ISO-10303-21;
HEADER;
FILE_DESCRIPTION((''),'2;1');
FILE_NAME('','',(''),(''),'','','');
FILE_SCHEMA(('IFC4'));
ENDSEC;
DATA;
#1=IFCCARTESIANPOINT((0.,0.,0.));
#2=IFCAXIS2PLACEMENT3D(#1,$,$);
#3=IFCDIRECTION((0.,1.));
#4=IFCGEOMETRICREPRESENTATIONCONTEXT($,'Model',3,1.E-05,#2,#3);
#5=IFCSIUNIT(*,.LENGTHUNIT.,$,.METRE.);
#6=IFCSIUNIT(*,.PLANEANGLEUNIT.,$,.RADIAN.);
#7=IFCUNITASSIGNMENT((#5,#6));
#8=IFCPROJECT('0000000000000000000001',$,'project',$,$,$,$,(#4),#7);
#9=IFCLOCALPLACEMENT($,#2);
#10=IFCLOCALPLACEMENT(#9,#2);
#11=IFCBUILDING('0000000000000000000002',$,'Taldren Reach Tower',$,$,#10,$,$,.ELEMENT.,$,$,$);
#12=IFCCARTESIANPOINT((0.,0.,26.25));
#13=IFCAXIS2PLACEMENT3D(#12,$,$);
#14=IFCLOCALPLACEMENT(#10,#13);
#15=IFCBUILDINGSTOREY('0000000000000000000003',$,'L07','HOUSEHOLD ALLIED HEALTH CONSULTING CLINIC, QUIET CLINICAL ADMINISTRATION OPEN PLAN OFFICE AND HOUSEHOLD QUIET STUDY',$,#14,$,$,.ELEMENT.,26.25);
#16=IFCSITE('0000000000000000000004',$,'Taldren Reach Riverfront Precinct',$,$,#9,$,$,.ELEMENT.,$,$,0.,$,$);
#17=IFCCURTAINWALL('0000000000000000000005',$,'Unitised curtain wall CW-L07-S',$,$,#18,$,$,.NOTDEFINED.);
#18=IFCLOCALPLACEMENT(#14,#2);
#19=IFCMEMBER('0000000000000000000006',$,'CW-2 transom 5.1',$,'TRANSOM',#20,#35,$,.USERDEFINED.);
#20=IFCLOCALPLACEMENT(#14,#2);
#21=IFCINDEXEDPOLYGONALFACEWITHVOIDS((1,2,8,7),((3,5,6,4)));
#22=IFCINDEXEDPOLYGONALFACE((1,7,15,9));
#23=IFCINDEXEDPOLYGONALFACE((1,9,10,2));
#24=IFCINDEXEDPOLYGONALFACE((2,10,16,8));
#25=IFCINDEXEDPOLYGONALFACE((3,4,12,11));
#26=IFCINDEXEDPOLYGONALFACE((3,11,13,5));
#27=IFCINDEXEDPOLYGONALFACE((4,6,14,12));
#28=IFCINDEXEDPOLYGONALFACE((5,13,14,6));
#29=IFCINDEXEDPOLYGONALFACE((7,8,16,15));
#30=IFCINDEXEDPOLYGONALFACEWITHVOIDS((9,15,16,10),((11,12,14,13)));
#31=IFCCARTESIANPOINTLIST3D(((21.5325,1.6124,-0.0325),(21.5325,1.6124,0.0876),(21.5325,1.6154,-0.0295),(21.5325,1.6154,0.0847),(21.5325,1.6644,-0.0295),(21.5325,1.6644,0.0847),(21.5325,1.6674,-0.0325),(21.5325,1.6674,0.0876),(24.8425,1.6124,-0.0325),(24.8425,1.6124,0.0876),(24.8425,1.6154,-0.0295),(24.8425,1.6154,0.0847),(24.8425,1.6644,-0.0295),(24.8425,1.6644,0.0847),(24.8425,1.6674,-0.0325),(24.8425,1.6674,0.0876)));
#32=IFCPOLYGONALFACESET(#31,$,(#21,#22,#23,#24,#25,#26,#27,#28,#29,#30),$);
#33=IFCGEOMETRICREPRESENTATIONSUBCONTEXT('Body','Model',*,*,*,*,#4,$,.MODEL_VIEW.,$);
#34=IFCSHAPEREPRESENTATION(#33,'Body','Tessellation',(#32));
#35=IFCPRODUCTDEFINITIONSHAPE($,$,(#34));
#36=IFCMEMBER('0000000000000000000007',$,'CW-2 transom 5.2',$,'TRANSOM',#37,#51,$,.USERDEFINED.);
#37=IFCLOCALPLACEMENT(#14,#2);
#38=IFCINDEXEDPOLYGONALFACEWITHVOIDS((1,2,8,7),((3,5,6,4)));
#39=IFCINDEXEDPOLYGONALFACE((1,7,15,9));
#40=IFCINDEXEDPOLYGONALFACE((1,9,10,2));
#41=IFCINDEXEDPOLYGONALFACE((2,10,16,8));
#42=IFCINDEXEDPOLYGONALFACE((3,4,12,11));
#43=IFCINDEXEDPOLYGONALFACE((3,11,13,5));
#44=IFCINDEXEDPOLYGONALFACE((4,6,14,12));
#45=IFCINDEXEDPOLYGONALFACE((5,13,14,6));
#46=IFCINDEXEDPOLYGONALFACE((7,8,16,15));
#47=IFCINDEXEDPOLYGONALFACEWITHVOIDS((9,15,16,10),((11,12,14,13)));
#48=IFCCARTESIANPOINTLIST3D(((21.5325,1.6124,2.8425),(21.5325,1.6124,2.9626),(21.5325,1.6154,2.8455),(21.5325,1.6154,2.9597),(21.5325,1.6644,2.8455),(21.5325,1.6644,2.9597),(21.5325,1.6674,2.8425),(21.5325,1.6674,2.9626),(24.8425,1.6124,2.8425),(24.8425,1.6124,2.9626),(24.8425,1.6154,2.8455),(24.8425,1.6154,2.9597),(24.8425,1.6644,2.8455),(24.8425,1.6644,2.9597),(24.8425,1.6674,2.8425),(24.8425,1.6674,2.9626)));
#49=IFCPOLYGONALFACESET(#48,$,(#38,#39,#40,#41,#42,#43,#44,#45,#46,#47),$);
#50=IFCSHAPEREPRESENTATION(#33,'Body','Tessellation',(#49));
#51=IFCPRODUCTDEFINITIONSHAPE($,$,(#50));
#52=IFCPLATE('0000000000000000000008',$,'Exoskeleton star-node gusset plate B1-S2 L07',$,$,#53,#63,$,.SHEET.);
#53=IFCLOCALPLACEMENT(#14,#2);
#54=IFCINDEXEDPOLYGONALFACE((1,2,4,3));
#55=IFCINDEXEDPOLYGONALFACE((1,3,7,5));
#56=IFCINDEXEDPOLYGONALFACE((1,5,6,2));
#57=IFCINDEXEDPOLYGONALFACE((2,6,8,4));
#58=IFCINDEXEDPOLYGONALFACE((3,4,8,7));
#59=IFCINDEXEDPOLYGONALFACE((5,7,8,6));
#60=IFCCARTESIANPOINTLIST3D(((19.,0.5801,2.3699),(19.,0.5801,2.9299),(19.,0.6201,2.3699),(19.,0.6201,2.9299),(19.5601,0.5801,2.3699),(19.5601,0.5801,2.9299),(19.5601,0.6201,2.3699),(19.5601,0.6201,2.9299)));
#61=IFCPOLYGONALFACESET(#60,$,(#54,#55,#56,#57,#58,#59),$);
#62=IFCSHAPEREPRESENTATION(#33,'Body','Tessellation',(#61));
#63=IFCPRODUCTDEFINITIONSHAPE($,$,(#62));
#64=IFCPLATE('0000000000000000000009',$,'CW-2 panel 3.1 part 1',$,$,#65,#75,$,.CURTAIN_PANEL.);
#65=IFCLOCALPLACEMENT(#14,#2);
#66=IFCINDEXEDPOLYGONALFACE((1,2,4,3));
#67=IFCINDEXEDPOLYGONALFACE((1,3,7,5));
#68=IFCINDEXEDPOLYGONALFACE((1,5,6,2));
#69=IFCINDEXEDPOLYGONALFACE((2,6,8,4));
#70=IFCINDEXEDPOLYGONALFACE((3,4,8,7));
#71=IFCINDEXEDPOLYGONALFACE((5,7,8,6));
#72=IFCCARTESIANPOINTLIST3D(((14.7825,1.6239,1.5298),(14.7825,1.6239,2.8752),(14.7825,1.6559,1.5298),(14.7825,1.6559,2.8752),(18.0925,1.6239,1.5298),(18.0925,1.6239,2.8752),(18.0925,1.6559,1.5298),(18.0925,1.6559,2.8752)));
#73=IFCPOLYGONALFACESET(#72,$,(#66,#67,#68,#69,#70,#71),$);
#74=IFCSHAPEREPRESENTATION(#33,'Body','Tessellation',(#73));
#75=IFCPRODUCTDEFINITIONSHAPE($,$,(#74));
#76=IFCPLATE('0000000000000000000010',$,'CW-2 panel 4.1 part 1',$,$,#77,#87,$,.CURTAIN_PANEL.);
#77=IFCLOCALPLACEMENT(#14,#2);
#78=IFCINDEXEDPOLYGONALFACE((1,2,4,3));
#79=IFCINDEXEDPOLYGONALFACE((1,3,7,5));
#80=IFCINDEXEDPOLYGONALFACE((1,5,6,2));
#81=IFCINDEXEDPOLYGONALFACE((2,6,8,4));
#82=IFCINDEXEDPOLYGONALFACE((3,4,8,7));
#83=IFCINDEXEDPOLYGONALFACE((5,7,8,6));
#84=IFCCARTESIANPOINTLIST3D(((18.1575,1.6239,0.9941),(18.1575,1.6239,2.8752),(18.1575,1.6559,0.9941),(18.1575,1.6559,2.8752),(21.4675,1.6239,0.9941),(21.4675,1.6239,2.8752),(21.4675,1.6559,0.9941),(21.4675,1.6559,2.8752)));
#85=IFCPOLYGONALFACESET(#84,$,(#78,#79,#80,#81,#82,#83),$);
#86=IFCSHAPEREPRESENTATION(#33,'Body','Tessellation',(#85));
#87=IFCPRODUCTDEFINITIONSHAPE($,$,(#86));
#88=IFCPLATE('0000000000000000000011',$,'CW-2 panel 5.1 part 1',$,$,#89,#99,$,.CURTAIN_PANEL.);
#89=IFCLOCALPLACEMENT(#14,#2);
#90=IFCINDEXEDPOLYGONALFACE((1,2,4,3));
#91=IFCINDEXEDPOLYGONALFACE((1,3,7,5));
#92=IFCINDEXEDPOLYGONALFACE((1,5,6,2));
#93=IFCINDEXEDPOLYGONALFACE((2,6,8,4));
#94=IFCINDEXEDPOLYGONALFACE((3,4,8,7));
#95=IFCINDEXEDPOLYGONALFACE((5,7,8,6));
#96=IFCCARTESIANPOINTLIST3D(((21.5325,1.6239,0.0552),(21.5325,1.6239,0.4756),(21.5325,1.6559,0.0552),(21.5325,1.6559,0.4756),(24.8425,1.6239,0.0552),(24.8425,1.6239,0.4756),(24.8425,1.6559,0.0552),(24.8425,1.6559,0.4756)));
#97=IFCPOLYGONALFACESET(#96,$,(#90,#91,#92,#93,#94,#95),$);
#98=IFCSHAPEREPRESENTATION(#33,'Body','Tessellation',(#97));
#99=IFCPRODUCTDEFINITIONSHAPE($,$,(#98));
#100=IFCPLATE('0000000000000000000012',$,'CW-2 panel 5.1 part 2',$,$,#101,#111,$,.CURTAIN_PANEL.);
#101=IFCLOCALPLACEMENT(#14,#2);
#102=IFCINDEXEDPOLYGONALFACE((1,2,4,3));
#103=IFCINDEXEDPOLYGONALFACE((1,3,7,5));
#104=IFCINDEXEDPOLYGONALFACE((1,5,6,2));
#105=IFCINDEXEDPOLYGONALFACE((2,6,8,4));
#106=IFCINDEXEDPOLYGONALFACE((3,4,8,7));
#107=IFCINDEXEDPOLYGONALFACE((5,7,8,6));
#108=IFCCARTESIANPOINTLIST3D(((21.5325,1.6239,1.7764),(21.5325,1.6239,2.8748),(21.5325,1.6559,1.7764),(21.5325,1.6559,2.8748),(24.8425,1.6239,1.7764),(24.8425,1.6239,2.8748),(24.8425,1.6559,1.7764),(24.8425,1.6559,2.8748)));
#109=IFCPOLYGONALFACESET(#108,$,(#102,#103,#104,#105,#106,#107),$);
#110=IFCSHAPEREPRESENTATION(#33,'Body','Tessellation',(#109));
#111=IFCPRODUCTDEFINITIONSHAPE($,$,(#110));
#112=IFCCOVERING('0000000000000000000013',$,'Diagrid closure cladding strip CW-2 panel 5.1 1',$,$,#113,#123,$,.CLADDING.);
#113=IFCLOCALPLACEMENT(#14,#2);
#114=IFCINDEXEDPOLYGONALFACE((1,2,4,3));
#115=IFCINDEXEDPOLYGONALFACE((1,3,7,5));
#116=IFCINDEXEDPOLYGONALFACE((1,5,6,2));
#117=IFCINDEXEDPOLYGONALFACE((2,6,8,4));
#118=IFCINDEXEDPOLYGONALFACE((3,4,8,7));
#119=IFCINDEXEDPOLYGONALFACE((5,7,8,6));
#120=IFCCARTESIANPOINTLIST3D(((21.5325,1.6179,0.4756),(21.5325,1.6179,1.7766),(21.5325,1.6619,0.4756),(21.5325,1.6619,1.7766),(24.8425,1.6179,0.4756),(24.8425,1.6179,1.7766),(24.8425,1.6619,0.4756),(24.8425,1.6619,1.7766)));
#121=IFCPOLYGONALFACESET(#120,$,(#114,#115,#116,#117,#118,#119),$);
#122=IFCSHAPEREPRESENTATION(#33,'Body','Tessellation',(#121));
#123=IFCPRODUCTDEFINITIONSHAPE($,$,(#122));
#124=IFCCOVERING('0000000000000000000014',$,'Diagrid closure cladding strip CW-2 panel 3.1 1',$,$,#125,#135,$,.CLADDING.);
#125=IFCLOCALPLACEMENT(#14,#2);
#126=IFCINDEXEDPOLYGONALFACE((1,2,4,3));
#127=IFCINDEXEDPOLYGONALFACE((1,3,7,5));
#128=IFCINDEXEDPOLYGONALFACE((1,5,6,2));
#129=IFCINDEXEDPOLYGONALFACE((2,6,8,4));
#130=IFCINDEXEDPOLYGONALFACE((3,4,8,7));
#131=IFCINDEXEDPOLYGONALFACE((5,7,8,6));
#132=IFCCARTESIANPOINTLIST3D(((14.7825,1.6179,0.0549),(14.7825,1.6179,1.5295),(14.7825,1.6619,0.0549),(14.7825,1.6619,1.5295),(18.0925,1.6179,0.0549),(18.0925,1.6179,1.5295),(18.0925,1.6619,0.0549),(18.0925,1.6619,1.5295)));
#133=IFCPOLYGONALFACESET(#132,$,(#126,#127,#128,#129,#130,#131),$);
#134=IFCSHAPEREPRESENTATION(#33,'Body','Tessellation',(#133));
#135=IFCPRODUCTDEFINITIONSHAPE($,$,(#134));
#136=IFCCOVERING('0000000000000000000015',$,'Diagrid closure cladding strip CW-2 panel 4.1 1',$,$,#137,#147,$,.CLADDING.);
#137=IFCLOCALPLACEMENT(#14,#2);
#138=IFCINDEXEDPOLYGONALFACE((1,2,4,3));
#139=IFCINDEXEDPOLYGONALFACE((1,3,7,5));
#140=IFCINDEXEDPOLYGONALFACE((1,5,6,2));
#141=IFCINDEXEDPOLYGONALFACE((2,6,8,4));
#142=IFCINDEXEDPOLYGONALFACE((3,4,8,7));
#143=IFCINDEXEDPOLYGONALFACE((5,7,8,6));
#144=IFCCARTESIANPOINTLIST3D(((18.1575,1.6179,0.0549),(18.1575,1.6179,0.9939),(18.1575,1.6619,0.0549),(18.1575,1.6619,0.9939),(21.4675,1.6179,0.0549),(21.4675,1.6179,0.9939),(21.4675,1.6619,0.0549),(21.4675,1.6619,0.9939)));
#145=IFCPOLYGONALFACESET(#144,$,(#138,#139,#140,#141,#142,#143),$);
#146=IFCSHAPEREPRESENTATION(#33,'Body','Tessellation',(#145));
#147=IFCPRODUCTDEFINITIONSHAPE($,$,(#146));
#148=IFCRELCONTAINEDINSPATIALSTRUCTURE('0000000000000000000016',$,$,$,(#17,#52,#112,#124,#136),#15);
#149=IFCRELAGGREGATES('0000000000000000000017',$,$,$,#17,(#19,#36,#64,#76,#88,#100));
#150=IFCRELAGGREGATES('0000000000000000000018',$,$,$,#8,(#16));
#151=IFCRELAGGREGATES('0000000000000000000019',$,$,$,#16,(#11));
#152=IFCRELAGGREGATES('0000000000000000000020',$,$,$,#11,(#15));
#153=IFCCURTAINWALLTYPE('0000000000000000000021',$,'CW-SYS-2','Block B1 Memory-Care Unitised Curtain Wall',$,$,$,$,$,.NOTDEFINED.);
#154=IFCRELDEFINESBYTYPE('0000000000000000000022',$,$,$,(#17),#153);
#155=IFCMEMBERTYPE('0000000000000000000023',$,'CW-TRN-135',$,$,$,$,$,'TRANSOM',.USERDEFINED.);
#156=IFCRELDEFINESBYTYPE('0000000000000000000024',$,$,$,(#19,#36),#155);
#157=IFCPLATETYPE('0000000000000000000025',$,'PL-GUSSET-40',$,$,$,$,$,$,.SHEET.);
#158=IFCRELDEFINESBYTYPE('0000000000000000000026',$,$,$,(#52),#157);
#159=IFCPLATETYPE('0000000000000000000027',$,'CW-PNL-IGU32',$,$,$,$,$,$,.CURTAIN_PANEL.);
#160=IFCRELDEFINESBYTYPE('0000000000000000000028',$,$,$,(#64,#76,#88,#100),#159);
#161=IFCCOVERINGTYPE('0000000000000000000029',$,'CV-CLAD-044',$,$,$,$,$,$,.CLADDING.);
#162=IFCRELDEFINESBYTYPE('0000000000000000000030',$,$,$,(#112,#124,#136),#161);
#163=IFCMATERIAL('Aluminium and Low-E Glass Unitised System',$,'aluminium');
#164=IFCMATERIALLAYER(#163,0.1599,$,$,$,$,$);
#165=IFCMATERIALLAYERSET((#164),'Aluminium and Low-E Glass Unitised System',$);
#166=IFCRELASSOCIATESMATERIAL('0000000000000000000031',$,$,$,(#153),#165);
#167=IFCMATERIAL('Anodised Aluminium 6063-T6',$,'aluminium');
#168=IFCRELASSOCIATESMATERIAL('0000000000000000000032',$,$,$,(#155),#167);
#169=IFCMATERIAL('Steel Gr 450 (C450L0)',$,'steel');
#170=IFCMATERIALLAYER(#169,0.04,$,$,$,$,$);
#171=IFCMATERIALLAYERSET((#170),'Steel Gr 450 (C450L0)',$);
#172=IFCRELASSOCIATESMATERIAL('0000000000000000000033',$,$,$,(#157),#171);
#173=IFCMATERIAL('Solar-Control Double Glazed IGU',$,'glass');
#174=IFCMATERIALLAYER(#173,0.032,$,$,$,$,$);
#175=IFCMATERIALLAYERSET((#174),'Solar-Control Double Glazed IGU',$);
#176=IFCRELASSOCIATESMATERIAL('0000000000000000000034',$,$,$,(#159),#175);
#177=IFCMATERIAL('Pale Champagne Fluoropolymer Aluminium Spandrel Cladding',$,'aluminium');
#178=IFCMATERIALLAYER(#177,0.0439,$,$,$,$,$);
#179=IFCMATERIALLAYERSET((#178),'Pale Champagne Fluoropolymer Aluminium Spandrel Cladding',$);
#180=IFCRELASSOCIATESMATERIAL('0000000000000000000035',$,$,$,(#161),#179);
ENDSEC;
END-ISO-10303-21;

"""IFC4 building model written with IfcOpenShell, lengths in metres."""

from ifc_helpers import new_model, si_unit, direction, frame, origin, origin_2d, place, context, subcontext, project, spatial, rectangle, hollow_rectangle, extrude, source, transform, mapped, material, layer, layer_set, material_profile, profile_set, type_object, element, aggregate, save


model = new_model("IFC4")

# Units and contexts
model_context = context("Model", 3, precision=1e-05, world=origin(), true_north=direction((0.0, 1.0)))
body_context = subcontext(model_context, "Body", "Model", "MODEL_VIEW")
ifc_project = project(units=[si_unit("LENGTHUNIT", "METRE"), si_unit("PLANEANGLEUNIT", "RADIAN")], contexts=[model_context])

# Site, building, storey
site_placement = place(None, origin())
site = spatial("IfcSite", under=ifc_project, at=site_placement, Name="Taldren Reach Riverfront Precinct", CompositionType="ELEMENT", RefElevation=0.0)
building_placement = place(site_placement, origin())
building = spatial("IfcBuilding", under=site, at=building_placement, Name="Taldren Reach Tower", CompositionType="ELEMENT")
storey_placement = place(building_placement, frame((0.0, 0.0, 26.25)))
storey = spatial("IfcBuildingStorey", under=building, at=storey_placement, Name="L07", Description="HOUSEHOLD ALLIED HEALTH CONSULTING CLINIC, QUIET CLINICAL ADMINISTRATION OPEN PLAN OFFICE AND HOUSEHOLD QUIET STUDY", CompositionType="ELEMENT", Elevation=26.25)

# Shared definitions
ifc_material_1 = material(Name="Steel Gr 450 (C450L0)", Category="steel")

# Curtain wall, members
ifc_material_2 = material(Name="Aluminium and Low-E Glass Unitised System", Category="aluminium")
ifc_layer_1 = layer(ifc_material_2, 0.1599)
ifc_layer_set_1 = layer_set([ifc_layer_1], Name="Aluminium and Low-E Glass Unitised System")
curtain_wall_type = type_object("IfcCurtainWallType", Name="CW-SYS-2", Description="Block B1 Memory-Care Unitised Curtain Wall", PredefinedType="NOTDEFINED", material=ifc_layer_set_1)
curtain_wall_placement = place(storey_placement, origin())
curtain_wall = element("IfcCurtainWall", 1, at=curtain_wall_placement, inside=storey, type_object=curtain_wall_type, Name="Unitised curtain wall CW-L07-S", PredefinedType="NOTDEFINED")
ifc_material_3 = material(Name="Anodised Aluminium 6063-T6", Category="aluminium")
ifc_material_profile_1 = material_profile(ifc_material_3, hollow_rectangle(XDim=0.0549, YDim=0.1201, WallThickness=0.0029, at=origin_2d()), Name="ALU-120x55x3RHS")
ifc_profile_set_1 = profile_set([ifc_material_profile_1], Name="Anodised Aluminium 6063-T6")
member_type_1 = type_object("IfcMemberType", Name="CW-TRN-135", ElementType="TRANSOM", PredefinedType="USERDEFINED", material=ifc_profile_set_1)
shared_shape_1 = source(origin(), body_context, "Body", "SweptSolid", [
    extrude(hollow_rectangle(XDim=0.0549, YDim=0.1201, WallThickness=0.0029, at=origin_2d()), origin(), (0.0, 0.0, 1.0), 3.3101),
])
member_1_placement = place(storey_placement, frame((21.5325, 1.6399, 0.0276), z_axis=(1.0, 0.0, 0.0), x_axis=(0.0, 1.0, 0.0)))
member_1 = element("IfcMember", 2, at=member_1_placement, type_object=member_type_1, Name="CW-2 transom 5.1", ObjectType="TRANSOM", PredefinedType="USERDEFINED", context=body_context, shape_type="MappedRepresentation", body=[
    mapped(shared_shape_1, transform((0.0, 0.0, 0.0), scale=1.0)),
])
member_2_placement = place(storey_placement, frame((21.5325, 1.6399, 2.9026), z_axis=(1.0, 0.0, 0.0), x_axis=(0.0, 1.0, 0.0)))
member_2 = element("IfcMember", 3, at=member_2_placement, type_object=member_type_1, Name="CW-2 transom 5.2", ObjectType="TRANSOM", PredefinedType="USERDEFINED", context=body_context, shape_type="MappedRepresentation", body=[
    mapped(shared_shape_1, transform((0.0, 0.0, 0.0), scale=1.0)),
])

# Plates
ifc_layer_2 = layer(ifc_material_1, 0.04)
ifc_layer_set_2 = layer_set([ifc_layer_2], Name="Steel Gr 450 (C450L0)")
plate_type_1 = type_object("IfcPlateType", Name="PL-GUSSET-40", PredefinedType="SHEET", material=ifc_layer_set_2)
shared_shape_2 = source(origin(), body_context, "Body", "SweptSolid", [
    extrude(rectangle(XDim=0.5601, YDim=0.04, at=origin_2d()), origin(), (0.0, 0.0, 1.0), 0.5601),
])
plate_1_placement = place(storey_placement, frame((19.28, 0.6001, 2.3699), z_axis=(0.0, 0.0, 1.0), x_axis=(1.0, 0.0, 0.0)))
element("IfcPlate", 4, at=plate_1_placement, inside=storey, type_object=plate_type_1, Name="Exoskeleton star-node gusset plate B1-S2 L07", PredefinedType="SHEET", context=body_context, shape_type="MappedRepresentation", body=[
    mapped(shared_shape_2, transform((0.0, 0.0, 0.0), scale=1.0)),
])
ifc_material_4 = material(Name="Solar-Control Double Glazed IGU", Category="glass")
ifc_layer_3 = layer(ifc_material_4, 0.032)
ifc_layer_set_3 = layer_set([ifc_layer_3], Name="Solar-Control Double Glazed IGU")
plate_type_2 = type_object("IfcPlateType", Name="CW-PNL-IGU32", PredefinedType="CURTAIN_PANEL", material=ifc_layer_set_3)
shared_shape_3 = source(origin(), body_context, "Body", "SweptSolid", [
    extrude(rectangle(XDim=3.3101, YDim=0.032, at=origin_2d()), origin(), (0.0, 0.0, 1.0), 1.3455),
])
plate_2_placement = place(storey_placement, frame((16.4375, 1.6399, 1.5298), z_axis=(0.0, 0.0, 1.0), x_axis=(1.0, 0.0, 0.0)))
plate_2 = element("IfcPlate", 5, at=plate_2_placement, type_object=plate_type_2, Name="CW-2 panel 3.1 part 1", PredefinedType="CURTAIN_PANEL", context=body_context, shape_type="MappedRepresentation", body=[
    mapped(shared_shape_3, transform((0.0, 0.0, 0.0), scale=1.0)),
])
shared_shape_4 = source(origin(), body_context, "Body", "SweptSolid", [
    extrude(rectangle(XDim=3.3101, YDim=0.032, at=origin_2d()), origin(), (0.0, 0.0, 1.0), 1.8811),
])
plate_3_placement = place(storey_placement, frame((19.8125, 1.6399, 0.9941), z_axis=(0.0, 0.0, 1.0), x_axis=(1.0, 0.0, 0.0)))
plate_3 = element("IfcPlate", 6, at=plate_3_placement, type_object=plate_type_2, Name="CW-2 panel 4.1 part 1", PredefinedType="CURTAIN_PANEL", context=body_context, shape_type="MappedRepresentation", body=[
    mapped(shared_shape_4, transform((0.0, 0.0, 0.0), scale=1.0)),
])
shared_shape_5 = source(origin(), body_context, "Body", "SweptSolid", [
    extrude(rectangle(XDim=3.3101, YDim=0.032, at=origin_2d()), origin(), (0.0, 0.0, 1.0), 0.4204),
])
plate_4_placement = place(storey_placement, frame((23.1875, 1.6399, 0.0552), z_axis=(0.0, 0.0, 1.0), x_axis=(1.0, 0.0, 0.0)))
plate_4 = element("IfcPlate", 7, at=plate_4_placement, type_object=plate_type_2, Name="CW-2 panel 5.1 part 1", PredefinedType="CURTAIN_PANEL", context=body_context, shape_type="MappedRepresentation", body=[
    mapped(shared_shape_5, transform((0.0, 0.0, 0.0), scale=1.0)),
])
shared_shape_6 = source(origin(), body_context, "Body", "SweptSolid", [
    extrude(rectangle(XDim=3.3101, YDim=0.032, at=origin_2d()), origin(), (0.0, 0.0, 1.0), 1.0984),
])
plate_5_placement = place(storey_placement, frame((23.1875, 1.6399, 1.7764), z_axis=(0.0, 0.0, 1.0), x_axis=(1.0, 0.0, 0.0)))
plate_5 = element("IfcPlate", 8, at=plate_5_placement, type_object=plate_type_2, Name="CW-2 panel 5.1 part 2", PredefinedType="CURTAIN_PANEL", context=body_context, shape_type="MappedRepresentation", body=[
    mapped(shared_shape_6, transform((0.0, 0.0, 0.0), scale=1.0)),
])
aggregate(curtain_wall, [member_1, member_2, plate_2, plate_3, plate_4, plate_5])

# Coverings
ifc_material_5 = material(Name="Pale Champagne Fluoropolymer Aluminium Spandrel Cladding", Category="aluminium")
ifc_layer_4 = layer(ifc_material_5, 0.0439)
ifc_layer_set_4 = layer_set([ifc_layer_4], Name="Pale Champagne Fluoropolymer Aluminium Spandrel Cladding")
covering_type = type_object("IfcCoveringType", Name="CV-CLAD-044", PredefinedType="CLADDING", material=ifc_layer_set_4)
shared_shape_7 = source(origin(), body_context, "Body", "SweptSolid", [
    extrude(rectangle(XDim=3.3101, YDim=0.0439, at=origin_2d()), origin(), (0.0, 0.0, 1.0), 1.301),
])
covering_1_placement = place(storey_placement, frame((23.1875, 1.6399, 0.4756), z_axis=(0.0, 0.0, 1.0), x_axis=(1.0, 0.0, 0.0)))
element("IfcCovering", 9, at=covering_1_placement, inside=storey, type_object=covering_type, Name="Diagrid closure cladding strip CW-2 panel 5.1 1", PredefinedType="CLADDING", context=body_context, shape_type="MappedRepresentation", body=[
    mapped(shared_shape_7, transform((0.0, 0.0, 0.0), scale=1.0)),
])
shared_shape_8 = source(origin(), body_context, "Body", "SweptSolid", [
    extrude(rectangle(XDim=3.3101, YDim=0.0439, at=origin_2d()), origin(), (0.0, 0.0, 1.0), 1.4746),
])
covering_2_placement = place(storey_placement, frame((16.4375, 1.6399, 0.0549), z_axis=(0.0, 0.0, 1.0), x_axis=(1.0, 0.0, 0.0)))
element("IfcCovering", 10, at=covering_2_placement, inside=storey, type_object=covering_type, Name="Diagrid closure cladding strip CW-2 panel 3.1 1", PredefinedType="CLADDING", context=body_context, shape_type="MappedRepresentation", body=[
    mapped(shared_shape_8, transform((0.0, 0.0, 0.0), scale=1.0)),
])
shared_shape_9 = source(origin(), body_context, "Body", "SweptSolid", [
    extrude(rectangle(XDim=3.3101, YDim=0.0439, at=origin_2d()), origin(), (0.0, 0.0, 1.0), 0.939),
])
covering_3_placement = place(storey_placement, frame((19.8125, 1.6399, 0.0549), z_axis=(0.0, 0.0, 1.0), x_axis=(1.0, 0.0, 0.0)))
element("IfcCovering", 11, at=covering_3_placement, inside=storey, type_object=covering_type, Name="Diagrid closure cladding strip CW-2 panel 4.1 1", PredefinedType="CLADDING", context=body_context, shape_type="MappedRepresentation", body=[
    mapped(shared_shape_9, transform((0.0, 0.0, 0.0), scale=1.0)),
])

save(model, "model.ifc")
